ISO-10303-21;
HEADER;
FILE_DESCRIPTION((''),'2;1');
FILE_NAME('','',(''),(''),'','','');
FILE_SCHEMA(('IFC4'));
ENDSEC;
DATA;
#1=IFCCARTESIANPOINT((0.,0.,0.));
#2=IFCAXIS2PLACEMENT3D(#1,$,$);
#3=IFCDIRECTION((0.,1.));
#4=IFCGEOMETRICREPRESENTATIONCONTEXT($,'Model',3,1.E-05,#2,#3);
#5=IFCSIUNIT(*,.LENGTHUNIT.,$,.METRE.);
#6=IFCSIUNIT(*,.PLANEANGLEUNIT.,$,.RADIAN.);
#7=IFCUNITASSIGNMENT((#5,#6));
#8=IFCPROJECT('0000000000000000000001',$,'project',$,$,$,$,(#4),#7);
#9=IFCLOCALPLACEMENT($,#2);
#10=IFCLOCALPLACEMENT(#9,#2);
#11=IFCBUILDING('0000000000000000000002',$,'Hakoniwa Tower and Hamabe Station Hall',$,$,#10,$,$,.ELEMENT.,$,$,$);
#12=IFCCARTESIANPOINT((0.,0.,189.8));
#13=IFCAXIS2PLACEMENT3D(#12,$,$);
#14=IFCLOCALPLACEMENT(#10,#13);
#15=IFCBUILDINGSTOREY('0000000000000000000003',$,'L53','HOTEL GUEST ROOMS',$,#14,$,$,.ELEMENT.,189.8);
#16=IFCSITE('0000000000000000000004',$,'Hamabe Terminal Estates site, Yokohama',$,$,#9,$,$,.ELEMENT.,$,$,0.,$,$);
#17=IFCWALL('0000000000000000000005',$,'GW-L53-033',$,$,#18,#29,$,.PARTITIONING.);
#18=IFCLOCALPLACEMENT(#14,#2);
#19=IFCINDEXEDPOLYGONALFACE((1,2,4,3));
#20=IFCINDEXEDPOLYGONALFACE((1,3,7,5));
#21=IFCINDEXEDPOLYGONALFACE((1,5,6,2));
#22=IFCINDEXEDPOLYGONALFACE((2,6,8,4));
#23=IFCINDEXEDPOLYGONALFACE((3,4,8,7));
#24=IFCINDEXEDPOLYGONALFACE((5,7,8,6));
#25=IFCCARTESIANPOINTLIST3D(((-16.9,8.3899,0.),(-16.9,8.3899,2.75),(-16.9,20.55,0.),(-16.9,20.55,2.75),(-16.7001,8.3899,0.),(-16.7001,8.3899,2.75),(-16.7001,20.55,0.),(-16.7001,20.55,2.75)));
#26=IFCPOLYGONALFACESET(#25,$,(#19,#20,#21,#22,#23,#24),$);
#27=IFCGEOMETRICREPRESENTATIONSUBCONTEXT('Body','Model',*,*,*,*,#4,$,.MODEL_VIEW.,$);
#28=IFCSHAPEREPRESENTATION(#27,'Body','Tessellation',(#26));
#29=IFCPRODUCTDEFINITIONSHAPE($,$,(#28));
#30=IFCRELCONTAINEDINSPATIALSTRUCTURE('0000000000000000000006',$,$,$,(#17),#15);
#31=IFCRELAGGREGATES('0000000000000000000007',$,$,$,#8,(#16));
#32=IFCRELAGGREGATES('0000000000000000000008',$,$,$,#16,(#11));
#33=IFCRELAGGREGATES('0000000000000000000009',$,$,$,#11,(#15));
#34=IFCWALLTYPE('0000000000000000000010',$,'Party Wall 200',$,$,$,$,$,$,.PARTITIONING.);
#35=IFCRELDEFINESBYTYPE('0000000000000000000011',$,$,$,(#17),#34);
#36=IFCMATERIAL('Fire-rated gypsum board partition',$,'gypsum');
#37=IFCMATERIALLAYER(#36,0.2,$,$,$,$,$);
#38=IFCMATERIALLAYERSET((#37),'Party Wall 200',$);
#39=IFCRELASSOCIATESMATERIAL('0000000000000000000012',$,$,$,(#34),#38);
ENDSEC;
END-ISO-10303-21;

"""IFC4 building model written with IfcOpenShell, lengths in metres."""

from ifc_helpers import new_model, si_unit, direction, frame, frame_2d, origin, place, context, subcontext, project, spatial, rectangle, extrude, material, layer, layer_set, type_object, element, save


model = new_model("IFC4")

# Units and contexts
model_context = context("Model", 3, precision=1e-05, world=origin(), true_north=direction((0.0, 1.0)))
body_context = subcontext(model_context, "Body", "Model", "MODEL_VIEW")
ifc_project = project(units=[si_unit("LENGTHUNIT", "METRE"), si_unit("PLANEANGLEUNIT", "RADIAN")], contexts=[model_context])

# Site, building, storey
site_placement = place(None, origin())
site = spatial("IfcSite", under=ifc_project, at=site_placement, Name="Hamabe Terminal Estates site, Yokohama", CompositionType="ELEMENT", RefElevation=0.0)
building_placement = place(site_placement, origin())
building = spatial("IfcBuilding", under=site, at=building_placement, Name="Hakoniwa Tower and Hamabe Station Hall", CompositionType="ELEMENT")
storey_placement = place(building_placement, frame((0.0, 0.0, 189.8)))
storey = spatial("IfcBuildingStorey", under=building, at=storey_placement, Name="L53", Description="HOTEL GUEST ROOMS", CompositionType="ELEMENT", Elevation=189.8)

# Wall
ifc_material_1 = material(Name="Fire-rated gypsum board partition", Category="gypsum")
ifc_layer_1 = layer(ifc_material_1, 0.2)
ifc_layer_set_1 = layer_set([ifc_layer_1], Name="Party Wall 200")
wall_type_1 = type_object("IfcWallType", Name="Party Wall 200", PredefinedType="PARTITIONING", material=ifc_layer_set_1)
wall_1_placement = place(storey_placement, frame((-16.8, 8.3899, 0.0), z_axis=(0.0, 0.0, 1.0), x_axis=(0.0, 1.0, 0.0)))
element("IfcWall", 1, at=wall_1_placement, inside=storey, type_object=wall_type_1, Name="GW-L53-033", PredefinedType="PARTITIONING", context=body_context, shape_type="SweptSolid", body=[
    extrude(rectangle(XDim=12.1602, YDim=0.2, at=frame_2d((6.0801, 0.0))), origin(), (0.0, 0.0, 1.0), 2.75),
])

save(model, "model.ifc")
